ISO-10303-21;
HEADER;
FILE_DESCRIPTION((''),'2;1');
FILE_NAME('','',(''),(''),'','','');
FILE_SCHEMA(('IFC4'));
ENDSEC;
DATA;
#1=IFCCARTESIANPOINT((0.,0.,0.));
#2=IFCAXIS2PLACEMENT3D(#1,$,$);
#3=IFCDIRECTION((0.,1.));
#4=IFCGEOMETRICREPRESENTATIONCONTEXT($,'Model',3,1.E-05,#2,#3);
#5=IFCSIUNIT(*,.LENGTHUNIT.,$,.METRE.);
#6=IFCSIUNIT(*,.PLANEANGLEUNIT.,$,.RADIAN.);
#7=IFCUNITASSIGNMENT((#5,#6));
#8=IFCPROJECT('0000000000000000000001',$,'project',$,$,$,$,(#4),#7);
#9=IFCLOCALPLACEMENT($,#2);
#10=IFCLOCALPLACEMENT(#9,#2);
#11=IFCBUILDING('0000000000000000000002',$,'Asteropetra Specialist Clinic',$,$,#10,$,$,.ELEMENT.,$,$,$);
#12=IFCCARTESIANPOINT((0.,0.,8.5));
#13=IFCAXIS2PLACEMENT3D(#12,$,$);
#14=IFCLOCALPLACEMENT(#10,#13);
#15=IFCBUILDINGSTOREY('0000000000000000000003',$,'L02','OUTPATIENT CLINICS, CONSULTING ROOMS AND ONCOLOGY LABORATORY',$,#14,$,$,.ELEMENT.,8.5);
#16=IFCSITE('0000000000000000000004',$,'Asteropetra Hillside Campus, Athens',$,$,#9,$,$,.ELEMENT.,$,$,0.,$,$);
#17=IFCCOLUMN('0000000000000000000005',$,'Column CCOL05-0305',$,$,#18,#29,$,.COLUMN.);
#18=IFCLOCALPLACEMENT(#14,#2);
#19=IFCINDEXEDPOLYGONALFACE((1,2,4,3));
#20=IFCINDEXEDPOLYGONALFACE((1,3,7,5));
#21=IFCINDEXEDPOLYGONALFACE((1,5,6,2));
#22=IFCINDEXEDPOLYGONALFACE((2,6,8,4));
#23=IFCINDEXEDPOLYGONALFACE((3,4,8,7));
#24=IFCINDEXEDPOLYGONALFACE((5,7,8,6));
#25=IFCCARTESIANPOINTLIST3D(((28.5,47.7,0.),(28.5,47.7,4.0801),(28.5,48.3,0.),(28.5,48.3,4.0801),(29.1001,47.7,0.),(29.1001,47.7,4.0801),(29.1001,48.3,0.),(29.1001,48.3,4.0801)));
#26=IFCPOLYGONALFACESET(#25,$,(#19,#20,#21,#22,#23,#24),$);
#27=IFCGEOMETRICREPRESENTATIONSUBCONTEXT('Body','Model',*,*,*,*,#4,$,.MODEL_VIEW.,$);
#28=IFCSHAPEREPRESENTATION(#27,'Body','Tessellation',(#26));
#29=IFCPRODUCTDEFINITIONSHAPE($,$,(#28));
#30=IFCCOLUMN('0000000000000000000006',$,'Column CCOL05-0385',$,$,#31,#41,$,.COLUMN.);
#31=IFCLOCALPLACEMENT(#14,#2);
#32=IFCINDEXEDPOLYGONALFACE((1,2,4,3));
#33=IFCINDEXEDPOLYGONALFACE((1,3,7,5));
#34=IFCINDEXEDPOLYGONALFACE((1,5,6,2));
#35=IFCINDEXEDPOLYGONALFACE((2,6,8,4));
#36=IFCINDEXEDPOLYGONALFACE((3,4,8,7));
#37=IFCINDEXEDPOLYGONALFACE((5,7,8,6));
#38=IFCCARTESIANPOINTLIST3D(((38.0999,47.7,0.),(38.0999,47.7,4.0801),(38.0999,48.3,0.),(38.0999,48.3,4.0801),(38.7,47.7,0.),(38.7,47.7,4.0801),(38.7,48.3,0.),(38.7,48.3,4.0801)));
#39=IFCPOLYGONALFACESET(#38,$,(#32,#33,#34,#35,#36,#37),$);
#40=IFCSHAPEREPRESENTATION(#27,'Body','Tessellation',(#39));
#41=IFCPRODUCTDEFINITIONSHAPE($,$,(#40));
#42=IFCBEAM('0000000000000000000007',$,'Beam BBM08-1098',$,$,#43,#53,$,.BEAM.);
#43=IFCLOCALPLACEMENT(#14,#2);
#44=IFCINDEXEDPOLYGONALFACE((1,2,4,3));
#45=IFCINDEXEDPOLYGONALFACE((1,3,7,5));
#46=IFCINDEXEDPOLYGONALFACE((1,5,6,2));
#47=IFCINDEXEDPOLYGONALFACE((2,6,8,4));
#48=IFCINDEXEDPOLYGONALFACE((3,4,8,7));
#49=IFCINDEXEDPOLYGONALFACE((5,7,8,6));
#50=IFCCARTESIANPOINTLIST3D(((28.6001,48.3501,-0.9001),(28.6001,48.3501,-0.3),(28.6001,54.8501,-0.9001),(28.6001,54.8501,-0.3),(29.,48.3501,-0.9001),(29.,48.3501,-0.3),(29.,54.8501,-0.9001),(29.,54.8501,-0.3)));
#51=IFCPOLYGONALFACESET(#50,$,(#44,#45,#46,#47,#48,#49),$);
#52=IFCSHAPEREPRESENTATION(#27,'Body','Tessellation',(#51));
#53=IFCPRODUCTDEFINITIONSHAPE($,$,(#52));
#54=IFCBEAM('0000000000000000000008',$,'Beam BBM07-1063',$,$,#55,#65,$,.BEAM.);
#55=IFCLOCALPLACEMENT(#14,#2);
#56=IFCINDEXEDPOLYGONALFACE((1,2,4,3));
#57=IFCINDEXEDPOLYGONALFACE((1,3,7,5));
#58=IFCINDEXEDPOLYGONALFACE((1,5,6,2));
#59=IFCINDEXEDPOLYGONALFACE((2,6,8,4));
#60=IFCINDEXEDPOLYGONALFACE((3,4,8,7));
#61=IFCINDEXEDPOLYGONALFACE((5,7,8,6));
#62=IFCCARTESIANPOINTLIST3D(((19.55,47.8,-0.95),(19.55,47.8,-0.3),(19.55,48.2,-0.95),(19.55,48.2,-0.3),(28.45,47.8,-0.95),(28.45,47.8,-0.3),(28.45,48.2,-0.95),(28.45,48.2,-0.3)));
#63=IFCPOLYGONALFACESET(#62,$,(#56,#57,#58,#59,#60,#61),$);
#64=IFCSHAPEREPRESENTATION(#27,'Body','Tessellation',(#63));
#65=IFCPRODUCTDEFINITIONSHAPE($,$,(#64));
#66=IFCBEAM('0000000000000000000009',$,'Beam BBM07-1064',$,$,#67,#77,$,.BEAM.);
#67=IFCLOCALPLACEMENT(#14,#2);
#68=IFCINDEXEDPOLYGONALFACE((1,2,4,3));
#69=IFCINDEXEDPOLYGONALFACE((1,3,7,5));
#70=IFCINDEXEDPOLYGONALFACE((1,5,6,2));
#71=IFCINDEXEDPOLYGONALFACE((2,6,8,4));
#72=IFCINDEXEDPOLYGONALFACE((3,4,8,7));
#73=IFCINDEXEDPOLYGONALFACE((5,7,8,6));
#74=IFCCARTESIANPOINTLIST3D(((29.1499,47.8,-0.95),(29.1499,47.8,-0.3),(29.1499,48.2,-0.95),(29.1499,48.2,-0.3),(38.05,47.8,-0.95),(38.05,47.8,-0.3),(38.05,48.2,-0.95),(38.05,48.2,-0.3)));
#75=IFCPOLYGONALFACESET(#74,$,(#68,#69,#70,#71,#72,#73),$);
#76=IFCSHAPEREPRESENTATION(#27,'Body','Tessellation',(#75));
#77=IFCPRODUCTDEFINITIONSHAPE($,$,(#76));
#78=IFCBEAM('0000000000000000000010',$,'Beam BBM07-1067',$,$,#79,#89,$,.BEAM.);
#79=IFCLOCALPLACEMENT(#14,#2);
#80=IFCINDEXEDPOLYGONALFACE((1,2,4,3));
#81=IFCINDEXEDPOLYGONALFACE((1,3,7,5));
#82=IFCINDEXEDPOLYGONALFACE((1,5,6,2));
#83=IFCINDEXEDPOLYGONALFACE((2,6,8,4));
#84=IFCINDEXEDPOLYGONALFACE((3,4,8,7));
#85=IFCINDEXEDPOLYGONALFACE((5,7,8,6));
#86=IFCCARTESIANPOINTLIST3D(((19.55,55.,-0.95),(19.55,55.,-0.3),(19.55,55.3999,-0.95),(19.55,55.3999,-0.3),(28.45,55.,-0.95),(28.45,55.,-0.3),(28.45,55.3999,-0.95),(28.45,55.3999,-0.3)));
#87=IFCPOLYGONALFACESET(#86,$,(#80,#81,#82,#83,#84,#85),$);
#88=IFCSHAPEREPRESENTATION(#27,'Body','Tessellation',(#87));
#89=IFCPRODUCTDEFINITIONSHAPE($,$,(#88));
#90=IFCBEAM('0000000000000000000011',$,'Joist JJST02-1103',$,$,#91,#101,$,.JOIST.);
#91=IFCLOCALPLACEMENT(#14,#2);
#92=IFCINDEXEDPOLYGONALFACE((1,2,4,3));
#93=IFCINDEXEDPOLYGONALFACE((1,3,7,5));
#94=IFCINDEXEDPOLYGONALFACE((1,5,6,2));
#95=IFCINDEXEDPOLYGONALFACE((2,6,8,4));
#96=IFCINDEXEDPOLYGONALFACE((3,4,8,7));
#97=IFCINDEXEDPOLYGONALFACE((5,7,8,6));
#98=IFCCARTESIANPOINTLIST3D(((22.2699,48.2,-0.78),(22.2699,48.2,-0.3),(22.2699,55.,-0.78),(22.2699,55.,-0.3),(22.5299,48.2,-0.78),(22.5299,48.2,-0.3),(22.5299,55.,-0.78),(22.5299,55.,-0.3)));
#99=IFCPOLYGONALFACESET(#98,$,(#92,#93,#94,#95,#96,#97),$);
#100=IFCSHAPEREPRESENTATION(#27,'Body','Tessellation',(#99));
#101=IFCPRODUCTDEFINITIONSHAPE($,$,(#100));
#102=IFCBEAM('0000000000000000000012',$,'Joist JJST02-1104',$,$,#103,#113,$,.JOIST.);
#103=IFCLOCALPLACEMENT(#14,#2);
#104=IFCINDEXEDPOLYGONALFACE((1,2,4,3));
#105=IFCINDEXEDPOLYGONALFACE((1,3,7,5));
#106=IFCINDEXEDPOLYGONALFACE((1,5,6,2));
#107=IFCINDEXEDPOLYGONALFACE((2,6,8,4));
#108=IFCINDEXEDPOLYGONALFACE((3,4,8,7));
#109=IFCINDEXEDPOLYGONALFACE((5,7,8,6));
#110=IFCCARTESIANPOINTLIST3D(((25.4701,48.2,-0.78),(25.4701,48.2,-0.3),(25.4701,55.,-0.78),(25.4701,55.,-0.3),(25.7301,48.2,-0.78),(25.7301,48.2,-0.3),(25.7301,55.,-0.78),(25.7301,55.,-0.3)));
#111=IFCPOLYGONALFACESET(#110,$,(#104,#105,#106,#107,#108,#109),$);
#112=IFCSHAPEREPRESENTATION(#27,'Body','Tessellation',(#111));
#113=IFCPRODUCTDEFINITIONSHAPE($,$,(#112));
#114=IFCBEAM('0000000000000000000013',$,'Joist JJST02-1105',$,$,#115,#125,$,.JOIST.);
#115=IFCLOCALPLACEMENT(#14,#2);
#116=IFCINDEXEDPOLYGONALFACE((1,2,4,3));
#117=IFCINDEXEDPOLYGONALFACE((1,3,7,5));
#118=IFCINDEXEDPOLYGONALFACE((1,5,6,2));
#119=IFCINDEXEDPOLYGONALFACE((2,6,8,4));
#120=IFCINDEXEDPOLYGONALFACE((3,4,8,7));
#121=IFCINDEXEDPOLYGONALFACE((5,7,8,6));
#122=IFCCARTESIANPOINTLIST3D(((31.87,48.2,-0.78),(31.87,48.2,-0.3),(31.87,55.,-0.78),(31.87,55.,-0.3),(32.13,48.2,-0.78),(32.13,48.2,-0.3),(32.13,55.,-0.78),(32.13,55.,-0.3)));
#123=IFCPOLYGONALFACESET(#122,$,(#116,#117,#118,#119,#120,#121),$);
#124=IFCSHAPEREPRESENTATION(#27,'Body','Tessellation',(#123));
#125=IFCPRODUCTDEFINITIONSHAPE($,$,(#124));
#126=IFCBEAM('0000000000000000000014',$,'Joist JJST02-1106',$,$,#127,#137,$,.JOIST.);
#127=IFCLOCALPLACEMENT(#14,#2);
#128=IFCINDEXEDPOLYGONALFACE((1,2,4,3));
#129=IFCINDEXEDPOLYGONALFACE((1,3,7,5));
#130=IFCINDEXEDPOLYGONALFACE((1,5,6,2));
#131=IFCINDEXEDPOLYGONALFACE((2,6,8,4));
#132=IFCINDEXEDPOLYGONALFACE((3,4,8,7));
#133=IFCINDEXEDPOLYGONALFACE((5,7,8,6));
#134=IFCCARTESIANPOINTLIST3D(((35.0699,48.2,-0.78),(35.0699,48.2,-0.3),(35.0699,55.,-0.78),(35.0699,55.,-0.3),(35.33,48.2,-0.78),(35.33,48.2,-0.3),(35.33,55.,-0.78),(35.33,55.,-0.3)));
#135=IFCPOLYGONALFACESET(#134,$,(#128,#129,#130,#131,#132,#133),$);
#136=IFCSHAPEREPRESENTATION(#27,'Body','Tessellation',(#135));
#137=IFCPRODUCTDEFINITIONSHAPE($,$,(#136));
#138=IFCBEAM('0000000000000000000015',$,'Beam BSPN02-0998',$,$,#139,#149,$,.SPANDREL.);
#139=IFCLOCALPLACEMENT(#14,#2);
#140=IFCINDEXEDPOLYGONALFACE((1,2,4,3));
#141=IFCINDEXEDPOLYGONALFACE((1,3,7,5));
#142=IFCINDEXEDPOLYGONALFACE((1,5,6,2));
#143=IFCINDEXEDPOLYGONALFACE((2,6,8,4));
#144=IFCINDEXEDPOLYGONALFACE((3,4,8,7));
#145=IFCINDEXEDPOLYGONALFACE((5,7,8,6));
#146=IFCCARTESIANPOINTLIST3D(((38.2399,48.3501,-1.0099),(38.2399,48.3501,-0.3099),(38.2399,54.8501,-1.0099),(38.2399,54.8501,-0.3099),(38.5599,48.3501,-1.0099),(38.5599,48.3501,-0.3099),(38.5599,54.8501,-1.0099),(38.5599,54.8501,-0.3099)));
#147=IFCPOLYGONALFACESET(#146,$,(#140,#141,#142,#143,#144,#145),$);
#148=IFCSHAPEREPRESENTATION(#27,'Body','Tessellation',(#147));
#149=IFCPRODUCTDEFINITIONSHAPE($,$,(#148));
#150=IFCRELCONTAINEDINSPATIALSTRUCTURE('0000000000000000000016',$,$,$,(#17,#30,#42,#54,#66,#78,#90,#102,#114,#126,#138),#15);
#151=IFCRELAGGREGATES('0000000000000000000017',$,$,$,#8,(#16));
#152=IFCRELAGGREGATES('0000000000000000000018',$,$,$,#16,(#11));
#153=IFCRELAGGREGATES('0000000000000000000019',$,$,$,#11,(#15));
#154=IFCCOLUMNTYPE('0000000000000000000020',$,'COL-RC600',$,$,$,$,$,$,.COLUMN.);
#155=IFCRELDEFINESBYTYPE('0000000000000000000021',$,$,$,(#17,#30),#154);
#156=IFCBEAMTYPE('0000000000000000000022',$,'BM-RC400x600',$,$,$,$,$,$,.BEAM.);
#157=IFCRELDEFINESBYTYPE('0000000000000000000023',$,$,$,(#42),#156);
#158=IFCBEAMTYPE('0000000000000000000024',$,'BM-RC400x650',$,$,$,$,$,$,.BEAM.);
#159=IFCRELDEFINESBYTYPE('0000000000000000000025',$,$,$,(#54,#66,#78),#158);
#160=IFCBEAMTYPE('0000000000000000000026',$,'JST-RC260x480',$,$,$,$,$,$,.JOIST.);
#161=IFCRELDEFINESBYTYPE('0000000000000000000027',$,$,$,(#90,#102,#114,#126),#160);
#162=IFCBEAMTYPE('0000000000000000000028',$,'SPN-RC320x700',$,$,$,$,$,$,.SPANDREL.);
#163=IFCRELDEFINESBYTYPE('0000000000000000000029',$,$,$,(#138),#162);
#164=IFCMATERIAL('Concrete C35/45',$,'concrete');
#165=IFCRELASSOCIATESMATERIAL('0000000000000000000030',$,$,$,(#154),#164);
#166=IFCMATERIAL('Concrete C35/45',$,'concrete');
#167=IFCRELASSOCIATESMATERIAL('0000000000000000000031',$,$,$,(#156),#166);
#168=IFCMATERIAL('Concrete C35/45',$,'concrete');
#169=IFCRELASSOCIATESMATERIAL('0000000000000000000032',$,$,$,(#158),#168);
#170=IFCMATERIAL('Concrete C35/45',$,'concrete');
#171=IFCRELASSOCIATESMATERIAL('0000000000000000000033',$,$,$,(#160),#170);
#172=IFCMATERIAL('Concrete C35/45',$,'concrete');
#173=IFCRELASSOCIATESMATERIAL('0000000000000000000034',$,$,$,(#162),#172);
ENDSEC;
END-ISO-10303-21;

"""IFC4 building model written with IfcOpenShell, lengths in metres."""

from ifc_helpers import new_model, si_unit, direction, frame, origin, origin_2d, place, context, subcontext, project, spatial, rectangle, extrude, material, material_profile, profile_set, type_object, element, save


model = new_model("IFC4")

# Units and contexts
model_context = context("Model", 3, precision=1e-05, world=origin(), true_north=direction((0.0, 1.0)))
body_context = subcontext(model_context, "Body", "Model", "MODEL_VIEW")
ifc_project = project(units=[si_unit("LENGTHUNIT", "METRE"), si_unit("PLANEANGLEUNIT", "RADIAN")], contexts=[model_context])

# Site, building, storey
site_placement = place(None, origin())
site = spatial("IfcSite", under=ifc_project, at=site_placement, Name="Asteropetra Hillside Campus, Athens", CompositionType="ELEMENT", RefElevation=0.0)
building_placement = place(site_placement, origin())
building = spatial("IfcBuilding", under=site, at=building_placement, Name="Asteropetra Specialist Clinic", CompositionType="ELEMENT")
storey_placement = place(building_placement, frame((0.0, 0.0, 8.5)))
storey = spatial("IfcBuildingStorey", under=building, at=storey_placement, Name="L02", Description="OUTPATIENT CLINICS, CONSULTING ROOMS AND ONCOLOGY LABORATORY", CompositionType="ELEMENT", Elevation=8.5)

# Columns
ifc_material_1 = material(Name="Concrete C35/45", Category="concrete")
ifc_material_profile_1 = material_profile(ifc_material_1, rectangle(XDim=0.6001, YDim=0.6001, at=origin_2d()), Name="RC 600x600")
ifc_profile_set_1 = profile_set([ifc_material_profile_1], Name="Concrete C35/45")
column_type = type_object("IfcColumnType", Name="COL-RC600", PredefinedType="COLUMN", material=ifc_profile_set_1)
for number, where, z_axis, x_axis, name in (
    (1, (28.8, 48.0, 0.0), (0.0, 0.0, 1.0), (1.0, 0.0, 0.0), "Column CCOL05-0305"),
    (2, (38.3999, 48.0, 0.0), (0.0, 0.0, 1.0), (1.0, 0.0, 0.0), "Column CCOL05-0385"),
):
    element("IfcColumn", number, at=place(storey_placement, frame(where, z_axis=z_axis, x_axis=x_axis)), inside=storey, type_object=column_type, Name=name, PredefinedType="COLUMN", context=body_context, shape_type="SweptSolid", body=[
        extrude(rectangle(XDim=0.6001, YDim=0.6001, at=origin_2d()), origin(), (0.0, 0.0, 1.0), 4.0801),
    ])

# Beams
ifc_material_2 = material(Name="Concrete C35/45", Category="concrete")
ifc_material_profile_2 = material_profile(ifc_material_2, rectangle(XDim=0.3999, YDim=0.6001, at=origin_2d()), Name="RCB 400x600")
ifc_profile_set_2 = profile_set([ifc_material_profile_2], Name="Concrete C35/45")
beam_type_1 = type_object("IfcBeamType", Name="BM-RC400x600", PredefinedType="BEAM", material=ifc_profile_set_2)
beam_1_placement = place(storey_placement, frame((28.8, 48.3501, -0.6001), z_axis=(0.0, 1.0, 0.0), x_axis=(-1.0, 0.0, 0.0)))
element("IfcBeam", 3, at=beam_1_placement, inside=storey, type_object=beam_type_1, Name="Beam BBM08-1098", PredefinedType="BEAM", context=body_context, shape_type="SweptSolid", body=[
    extrude(rectangle(XDim=0.3999, YDim=0.6001, at=origin_2d()), origin(), (0.0, 0.0, 1.0), 6.5),
])
ifc_material_3 = material(Name="Concrete C35/45", Category="concrete")
ifc_material_profile_3 = material_profile(ifc_material_3, rectangle(XDim=0.3999, YDim=0.6499, at=origin_2d()), Name="RCB 400x650")
ifc_profile_set_3 = profile_set([ifc_material_profile_3], Name="Concrete C35/45")
beam_type_2 = type_object("IfcBeamType", Name="BM-RC400x650", PredefinedType="BEAM", material=ifc_profile_set_3)
beam_2_placement = place(storey_placement, frame((19.55, 48.0, -0.625), z_axis=(1.0, 0.0, 0.0), x_axis=(0.0, 1.0, 0.0)))
element("IfcBeam", 4, at=beam_2_placement, inside=storey, type_object=beam_type_2, Name="Beam BBM07-1063", PredefinedType="BEAM", context=body_context, shape_type="SweptSolid", body=[
    extrude(rectangle(XDim=0.3999, YDim=0.6499, at=origin_2d()), origin(), (0.0, 0.0, 1.0), 8.8999),
])
beam_3_placement = place(storey_placement, frame((29.1499, 48.0, -0.625), z_axis=(1.0, 0.0, 0.0), x_axis=(0.0, 1.0, 0.0)))
element("IfcBeam", 5, at=beam_3_placement, inside=storey, type_object=beam_type_2, Name="Beam BBM07-1064", PredefinedType="BEAM", context=body_context, shape_type="SweptSolid", body=[
    extrude(rectangle(XDim=0.3999, YDim=0.6499, at=origin_2d()), origin(), (0.0, 0.0, 1.0), 8.9001),
])
beam_4_placement = place(storey_placement, frame((19.55, 55.2, -0.625), z_axis=(1.0, 0.0, 0.0), x_axis=(0.0, 1.0, 0.0)))
element("IfcBeam", 6, at=beam_4_placement, inside=storey, type_object=beam_type_2, Name="Beam BBM07-1067", PredefinedType="BEAM", context=body_context, shape_type="SweptSolid", body=[
    extrude(rectangle(XDim=0.3999, YDim=0.6499, at=origin_2d()), origin(), (0.0, 0.0, 1.0), 8.8999),
])
ifc_material_4 = material(Name="Concrete C35/45", Category="concrete")
ifc_material_profile_4 = material_profile(ifc_material_4, rectangle(XDim=0.26, YDim=0.48, at=origin_2d()), Name="RCJ 260x480")
ifc_profile_set_4 = profile_set([ifc_material_profile_4], Name="Concrete C35/45")
beam_type_3 = type_object("IfcBeamType", Name="JST-RC260x480", PredefinedType="JOIST", material=ifc_profile_set_4)
for number, where, z_axis, x_axis, name in (
    (7, (22.3999, 48.2, -0.54), (0.0, 1.0, 0.0), (-1.0, 0.0, 0.0), "Joist JJST02-1103"),
    (8, (25.6001, 48.2, -0.54), (0.0, 1.0, 0.0), (-1.0, 0.0, 0.0), "Joist JJST02-1104"),
    (9, (32.0, 48.2, -0.54), (0.0, 1.0, 0.0), (-1.0, 0.0, 0.0), "Joist JJST02-1105"),
    (10, (35.2, 48.2, -0.54), (0.0, 1.0, 0.0), (-1.0, 0.0, 0.0), "Joist JJST02-1106"),
):
    element("IfcBeam", number, at=place(storey_placement, frame(where, z_axis=z_axis, x_axis=x_axis)), inside=storey, type_object=beam_type_3, Name=name, PredefinedType="JOIST", context=body_context, shape_type="SweptSolid", body=[
        extrude(rectangle(XDim=0.26, YDim=0.48, at=origin_2d()), origin(), (0.0, 0.0, 1.0), 6.8),
    ])
ifc_material_5 = material(Name="Concrete C35/45", Category="concrete")
ifc_material_profile_5 = material_profile(ifc_material_5, rectangle(XDim=0.3201, YDim=0.7, at=origin_2d()), Name="RCS 320x700")
ifc_profile_set_5 = profile_set([ifc_material_profile_5], Name="Concrete C35/45")
beam_type_4 = type_object("IfcBeamType", Name="SPN-RC320x700", PredefinedType="SPANDREL", material=ifc_profile_set_5)
beam_5_placement = place(storey_placement, frame((38.3999, 48.3501, -0.6599), z_axis=(0.0, 1.0, 0.0), x_axis=(-1.0, 0.0, 0.0)))
element("IfcBeam", 11, at=beam_5_placement, inside=storey, type_object=beam_type_4, Name="Beam BSPN02-0998", PredefinedType="SPANDREL", context=body_context, shape_type="SweptSolid", body=[
    extrude(rectangle(XDim=0.3201, YDim=0.7, at=origin_2d()), origin(), (0.0, 0.0, 1.0), 6.5),
])

save(model, "model.ifc")
